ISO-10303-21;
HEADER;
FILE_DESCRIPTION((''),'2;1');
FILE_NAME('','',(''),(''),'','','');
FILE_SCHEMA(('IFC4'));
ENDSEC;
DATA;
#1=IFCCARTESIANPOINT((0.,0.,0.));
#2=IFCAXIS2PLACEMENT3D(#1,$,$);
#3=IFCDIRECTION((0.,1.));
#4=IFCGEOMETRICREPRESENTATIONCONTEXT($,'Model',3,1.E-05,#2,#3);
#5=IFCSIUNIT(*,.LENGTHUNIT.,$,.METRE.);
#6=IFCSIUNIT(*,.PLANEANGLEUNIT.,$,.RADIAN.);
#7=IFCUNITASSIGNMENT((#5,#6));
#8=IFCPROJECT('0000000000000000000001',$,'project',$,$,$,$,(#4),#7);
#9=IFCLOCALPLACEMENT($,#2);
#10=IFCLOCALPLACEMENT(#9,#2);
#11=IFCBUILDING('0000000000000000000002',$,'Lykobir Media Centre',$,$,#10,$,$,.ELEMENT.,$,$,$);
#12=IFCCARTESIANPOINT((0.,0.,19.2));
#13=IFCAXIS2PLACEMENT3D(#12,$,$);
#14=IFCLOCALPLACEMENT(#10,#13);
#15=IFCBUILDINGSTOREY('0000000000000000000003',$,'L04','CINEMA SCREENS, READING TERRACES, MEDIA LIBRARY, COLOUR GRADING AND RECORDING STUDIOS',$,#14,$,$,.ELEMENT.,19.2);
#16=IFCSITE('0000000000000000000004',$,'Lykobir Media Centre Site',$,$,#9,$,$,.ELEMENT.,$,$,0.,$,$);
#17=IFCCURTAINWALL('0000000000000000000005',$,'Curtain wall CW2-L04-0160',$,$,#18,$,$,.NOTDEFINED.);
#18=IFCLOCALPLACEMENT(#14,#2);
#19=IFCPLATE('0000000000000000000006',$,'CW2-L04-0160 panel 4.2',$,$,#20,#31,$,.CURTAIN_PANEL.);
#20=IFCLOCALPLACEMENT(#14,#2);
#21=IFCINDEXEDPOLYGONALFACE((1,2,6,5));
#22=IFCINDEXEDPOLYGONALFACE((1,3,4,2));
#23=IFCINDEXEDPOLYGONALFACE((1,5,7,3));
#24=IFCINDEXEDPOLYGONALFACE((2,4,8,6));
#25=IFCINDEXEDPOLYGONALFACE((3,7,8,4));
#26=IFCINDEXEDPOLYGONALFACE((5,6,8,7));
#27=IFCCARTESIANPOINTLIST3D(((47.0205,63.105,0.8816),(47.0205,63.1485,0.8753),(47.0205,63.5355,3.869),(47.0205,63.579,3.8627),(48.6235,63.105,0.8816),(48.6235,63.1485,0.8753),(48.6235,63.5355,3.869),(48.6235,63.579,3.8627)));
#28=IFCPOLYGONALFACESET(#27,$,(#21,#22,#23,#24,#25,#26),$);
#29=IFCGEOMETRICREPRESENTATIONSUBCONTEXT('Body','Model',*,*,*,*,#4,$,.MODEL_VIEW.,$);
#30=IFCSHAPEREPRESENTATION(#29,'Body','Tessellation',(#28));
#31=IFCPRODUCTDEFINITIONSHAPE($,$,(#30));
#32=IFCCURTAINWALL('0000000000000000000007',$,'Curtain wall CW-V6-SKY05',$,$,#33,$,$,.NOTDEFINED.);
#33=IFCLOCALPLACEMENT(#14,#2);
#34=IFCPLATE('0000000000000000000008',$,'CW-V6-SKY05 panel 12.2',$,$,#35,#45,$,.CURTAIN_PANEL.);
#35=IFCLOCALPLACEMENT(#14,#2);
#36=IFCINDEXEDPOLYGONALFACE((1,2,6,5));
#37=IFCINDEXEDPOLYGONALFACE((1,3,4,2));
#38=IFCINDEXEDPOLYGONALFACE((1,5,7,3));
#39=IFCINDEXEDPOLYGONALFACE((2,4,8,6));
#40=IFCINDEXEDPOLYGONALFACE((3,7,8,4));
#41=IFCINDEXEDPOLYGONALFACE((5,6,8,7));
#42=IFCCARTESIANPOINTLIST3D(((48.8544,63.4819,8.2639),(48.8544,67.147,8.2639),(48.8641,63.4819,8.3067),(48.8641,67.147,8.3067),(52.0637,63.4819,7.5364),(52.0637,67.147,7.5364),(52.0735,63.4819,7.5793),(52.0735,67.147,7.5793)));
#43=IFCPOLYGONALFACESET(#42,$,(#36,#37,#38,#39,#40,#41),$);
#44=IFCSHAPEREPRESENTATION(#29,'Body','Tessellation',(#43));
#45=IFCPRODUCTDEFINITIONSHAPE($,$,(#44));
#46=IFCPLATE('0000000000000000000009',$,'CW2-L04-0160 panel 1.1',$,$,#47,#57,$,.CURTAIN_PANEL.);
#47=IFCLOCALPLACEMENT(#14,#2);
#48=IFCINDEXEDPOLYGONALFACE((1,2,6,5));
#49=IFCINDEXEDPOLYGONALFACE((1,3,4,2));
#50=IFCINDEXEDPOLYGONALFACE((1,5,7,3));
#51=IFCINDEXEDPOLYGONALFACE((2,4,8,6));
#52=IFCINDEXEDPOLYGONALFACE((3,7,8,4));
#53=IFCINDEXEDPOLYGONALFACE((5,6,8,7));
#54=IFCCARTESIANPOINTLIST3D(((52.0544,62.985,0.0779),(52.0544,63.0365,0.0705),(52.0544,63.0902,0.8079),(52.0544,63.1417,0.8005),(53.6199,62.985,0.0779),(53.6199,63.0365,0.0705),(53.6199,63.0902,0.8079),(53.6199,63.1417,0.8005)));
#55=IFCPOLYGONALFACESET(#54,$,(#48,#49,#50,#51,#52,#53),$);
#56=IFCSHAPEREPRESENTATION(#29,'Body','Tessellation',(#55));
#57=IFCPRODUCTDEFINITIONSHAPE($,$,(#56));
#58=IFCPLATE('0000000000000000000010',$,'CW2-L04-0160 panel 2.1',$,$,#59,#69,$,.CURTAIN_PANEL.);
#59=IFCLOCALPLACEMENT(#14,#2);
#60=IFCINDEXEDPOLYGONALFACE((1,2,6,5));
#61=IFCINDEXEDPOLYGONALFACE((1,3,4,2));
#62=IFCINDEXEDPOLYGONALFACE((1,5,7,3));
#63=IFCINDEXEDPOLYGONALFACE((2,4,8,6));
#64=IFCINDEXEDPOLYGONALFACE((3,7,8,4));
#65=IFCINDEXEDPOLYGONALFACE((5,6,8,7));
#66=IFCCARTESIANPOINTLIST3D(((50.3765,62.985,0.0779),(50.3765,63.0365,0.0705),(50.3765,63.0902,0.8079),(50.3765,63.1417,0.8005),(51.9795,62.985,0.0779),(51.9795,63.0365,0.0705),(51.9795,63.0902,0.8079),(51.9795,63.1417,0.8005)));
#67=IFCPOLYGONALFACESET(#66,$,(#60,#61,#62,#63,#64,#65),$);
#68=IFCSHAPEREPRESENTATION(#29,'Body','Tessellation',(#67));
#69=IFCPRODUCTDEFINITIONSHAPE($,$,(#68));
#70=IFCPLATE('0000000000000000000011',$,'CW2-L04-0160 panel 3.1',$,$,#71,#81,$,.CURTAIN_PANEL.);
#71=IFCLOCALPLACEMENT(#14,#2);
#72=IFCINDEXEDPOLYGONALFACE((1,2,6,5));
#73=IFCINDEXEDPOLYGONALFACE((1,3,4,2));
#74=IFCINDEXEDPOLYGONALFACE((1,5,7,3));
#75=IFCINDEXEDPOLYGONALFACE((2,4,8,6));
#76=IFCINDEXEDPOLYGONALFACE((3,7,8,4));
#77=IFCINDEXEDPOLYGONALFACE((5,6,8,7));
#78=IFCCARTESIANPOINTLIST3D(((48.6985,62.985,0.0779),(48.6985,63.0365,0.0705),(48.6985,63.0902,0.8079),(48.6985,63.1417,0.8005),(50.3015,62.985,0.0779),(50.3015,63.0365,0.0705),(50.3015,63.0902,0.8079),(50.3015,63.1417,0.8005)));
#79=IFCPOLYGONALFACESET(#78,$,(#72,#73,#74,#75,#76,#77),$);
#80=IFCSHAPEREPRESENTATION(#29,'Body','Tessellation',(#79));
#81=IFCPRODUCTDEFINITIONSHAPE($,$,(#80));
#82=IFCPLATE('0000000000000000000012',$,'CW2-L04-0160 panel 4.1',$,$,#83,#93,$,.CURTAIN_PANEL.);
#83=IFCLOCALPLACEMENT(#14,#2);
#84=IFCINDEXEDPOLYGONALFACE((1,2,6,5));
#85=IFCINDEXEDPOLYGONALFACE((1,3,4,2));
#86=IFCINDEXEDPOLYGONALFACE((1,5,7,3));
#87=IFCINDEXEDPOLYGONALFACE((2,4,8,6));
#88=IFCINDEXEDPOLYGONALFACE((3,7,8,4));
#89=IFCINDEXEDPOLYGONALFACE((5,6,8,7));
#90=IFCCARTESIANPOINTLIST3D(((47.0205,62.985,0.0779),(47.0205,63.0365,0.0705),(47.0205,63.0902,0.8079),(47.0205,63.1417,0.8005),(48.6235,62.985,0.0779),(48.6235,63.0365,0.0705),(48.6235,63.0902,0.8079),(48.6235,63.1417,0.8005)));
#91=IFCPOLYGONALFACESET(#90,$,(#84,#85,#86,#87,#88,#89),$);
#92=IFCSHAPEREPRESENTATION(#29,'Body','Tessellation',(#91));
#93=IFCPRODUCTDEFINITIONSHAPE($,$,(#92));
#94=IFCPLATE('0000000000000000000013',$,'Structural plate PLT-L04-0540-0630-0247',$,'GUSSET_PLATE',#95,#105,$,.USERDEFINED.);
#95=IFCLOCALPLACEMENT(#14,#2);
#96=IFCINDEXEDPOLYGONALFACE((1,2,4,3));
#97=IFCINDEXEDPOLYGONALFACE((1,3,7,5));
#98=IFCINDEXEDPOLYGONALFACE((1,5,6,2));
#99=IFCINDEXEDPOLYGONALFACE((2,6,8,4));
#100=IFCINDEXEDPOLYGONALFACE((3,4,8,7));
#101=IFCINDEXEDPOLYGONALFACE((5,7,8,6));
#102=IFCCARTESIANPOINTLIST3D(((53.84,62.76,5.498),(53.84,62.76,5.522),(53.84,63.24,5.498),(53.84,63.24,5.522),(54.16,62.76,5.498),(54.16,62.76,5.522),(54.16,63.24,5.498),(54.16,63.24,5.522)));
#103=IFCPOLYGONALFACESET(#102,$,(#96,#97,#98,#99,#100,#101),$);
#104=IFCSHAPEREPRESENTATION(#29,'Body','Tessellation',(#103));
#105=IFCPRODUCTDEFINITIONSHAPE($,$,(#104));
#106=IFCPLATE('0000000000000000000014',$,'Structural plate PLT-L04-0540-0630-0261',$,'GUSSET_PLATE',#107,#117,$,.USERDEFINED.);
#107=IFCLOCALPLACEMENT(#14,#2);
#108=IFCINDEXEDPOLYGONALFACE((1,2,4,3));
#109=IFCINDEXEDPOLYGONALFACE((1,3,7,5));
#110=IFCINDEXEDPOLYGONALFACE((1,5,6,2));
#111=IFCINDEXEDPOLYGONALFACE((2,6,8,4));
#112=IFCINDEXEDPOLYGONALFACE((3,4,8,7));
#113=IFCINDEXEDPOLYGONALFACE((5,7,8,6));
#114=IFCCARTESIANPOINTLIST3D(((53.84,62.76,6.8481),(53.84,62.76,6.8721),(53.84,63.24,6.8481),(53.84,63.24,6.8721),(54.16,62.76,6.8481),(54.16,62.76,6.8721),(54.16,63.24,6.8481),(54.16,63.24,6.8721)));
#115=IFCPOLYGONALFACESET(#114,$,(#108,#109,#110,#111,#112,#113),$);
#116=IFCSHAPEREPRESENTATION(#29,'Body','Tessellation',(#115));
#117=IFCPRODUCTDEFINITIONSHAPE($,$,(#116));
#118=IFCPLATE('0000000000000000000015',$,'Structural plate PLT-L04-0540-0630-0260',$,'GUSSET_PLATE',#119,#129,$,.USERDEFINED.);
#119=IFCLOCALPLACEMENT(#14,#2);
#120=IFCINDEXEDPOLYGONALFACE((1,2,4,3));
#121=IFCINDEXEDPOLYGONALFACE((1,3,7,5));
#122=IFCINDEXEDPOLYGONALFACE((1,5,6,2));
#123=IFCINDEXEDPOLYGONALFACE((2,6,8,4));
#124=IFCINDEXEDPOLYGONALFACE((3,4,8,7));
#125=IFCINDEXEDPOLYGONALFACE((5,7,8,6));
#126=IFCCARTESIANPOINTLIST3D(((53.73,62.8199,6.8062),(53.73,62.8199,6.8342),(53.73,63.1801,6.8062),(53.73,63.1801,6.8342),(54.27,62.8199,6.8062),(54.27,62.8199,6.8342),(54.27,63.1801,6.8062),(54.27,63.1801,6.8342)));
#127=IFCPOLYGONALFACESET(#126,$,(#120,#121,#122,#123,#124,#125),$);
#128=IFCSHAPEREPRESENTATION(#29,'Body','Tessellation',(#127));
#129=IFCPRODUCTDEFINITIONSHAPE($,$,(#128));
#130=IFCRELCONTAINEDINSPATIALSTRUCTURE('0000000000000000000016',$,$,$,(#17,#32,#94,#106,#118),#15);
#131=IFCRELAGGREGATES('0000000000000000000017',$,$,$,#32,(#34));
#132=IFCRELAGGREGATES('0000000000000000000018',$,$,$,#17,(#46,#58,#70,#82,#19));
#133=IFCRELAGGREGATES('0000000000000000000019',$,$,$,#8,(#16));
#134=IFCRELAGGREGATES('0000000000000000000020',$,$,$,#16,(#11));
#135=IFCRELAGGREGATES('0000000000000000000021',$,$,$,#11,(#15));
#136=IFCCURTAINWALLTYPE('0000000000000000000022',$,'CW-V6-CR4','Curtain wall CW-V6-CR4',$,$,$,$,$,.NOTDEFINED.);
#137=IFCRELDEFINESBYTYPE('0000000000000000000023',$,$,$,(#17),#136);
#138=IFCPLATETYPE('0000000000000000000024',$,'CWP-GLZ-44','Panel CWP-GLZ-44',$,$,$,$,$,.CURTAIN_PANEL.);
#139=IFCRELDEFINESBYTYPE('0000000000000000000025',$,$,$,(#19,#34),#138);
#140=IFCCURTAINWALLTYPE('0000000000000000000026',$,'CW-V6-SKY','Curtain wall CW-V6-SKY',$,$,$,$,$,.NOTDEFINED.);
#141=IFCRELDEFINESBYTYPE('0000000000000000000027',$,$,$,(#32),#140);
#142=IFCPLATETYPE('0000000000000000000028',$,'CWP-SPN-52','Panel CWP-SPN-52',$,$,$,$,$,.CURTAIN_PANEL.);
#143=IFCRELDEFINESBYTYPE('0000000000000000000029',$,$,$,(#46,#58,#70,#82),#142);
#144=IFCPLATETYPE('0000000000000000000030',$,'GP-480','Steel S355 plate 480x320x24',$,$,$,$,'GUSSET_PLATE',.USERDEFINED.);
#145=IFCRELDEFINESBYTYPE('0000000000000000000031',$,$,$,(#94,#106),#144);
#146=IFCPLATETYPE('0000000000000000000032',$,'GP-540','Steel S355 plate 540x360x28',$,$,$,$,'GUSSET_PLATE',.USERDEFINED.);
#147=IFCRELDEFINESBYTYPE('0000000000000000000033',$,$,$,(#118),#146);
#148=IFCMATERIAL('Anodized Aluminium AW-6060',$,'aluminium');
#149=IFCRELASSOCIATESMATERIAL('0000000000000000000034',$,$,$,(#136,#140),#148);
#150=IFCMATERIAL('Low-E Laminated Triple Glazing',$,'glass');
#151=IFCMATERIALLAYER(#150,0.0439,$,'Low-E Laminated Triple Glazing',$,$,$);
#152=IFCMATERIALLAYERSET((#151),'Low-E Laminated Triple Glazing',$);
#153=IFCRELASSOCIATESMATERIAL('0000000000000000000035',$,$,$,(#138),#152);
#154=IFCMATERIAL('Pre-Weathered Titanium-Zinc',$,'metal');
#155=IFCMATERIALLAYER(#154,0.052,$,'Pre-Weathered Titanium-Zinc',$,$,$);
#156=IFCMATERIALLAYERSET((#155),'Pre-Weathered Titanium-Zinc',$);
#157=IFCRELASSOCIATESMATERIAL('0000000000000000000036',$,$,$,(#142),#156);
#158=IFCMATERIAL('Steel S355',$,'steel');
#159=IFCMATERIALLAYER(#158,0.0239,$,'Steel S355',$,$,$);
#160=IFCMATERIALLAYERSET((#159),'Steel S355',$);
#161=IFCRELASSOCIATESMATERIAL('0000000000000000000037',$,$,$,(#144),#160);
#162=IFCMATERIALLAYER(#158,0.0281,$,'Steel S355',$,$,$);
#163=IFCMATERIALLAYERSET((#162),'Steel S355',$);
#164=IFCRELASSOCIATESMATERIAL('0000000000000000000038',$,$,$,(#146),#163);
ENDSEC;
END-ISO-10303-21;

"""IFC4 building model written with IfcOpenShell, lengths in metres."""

from ifc_helpers import new_model, si_unit, direction, frame, origin, origin_2d, place, context, subcontext, project, spatial, rectangle, extrude, material, layer, layer_set, type_object, element, aggregate, save


model = new_model("IFC4")

# Units and contexts
model_context = context("Model", 3, precision=1e-05, world=origin(), true_north=direction((0.0, 1.0)))
body_context = subcontext(model_context, "Body", "Model", "MODEL_VIEW")
ifc_project = project(units=[si_unit("LENGTHUNIT", "METRE"), si_unit("PLANEANGLEUNIT", "RADIAN")], contexts=[model_context])

# Site, building, storey
site_placement = place(None, origin())
site = spatial("IfcSite", under=ifc_project, at=site_placement, Name="Lykobir Media Centre Site", CompositionType="ELEMENT", RefElevation=0.0)
building_placement = place(site_placement, origin())
building = spatial("IfcBuilding", under=site, at=building_placement, Name="Lykobir Media Centre", CompositionType="ELEMENT")
storey_placement = place(building_placement, frame((0.0, 0.0, 19.2)))
storey = spatial("IfcBuildingStorey", under=building, at=storey_placement, Name="L04", Description="CINEMA SCREENS, READING TERRACES, MEDIA LIBRARY, COLOUR GRADING AND RECORDING STUDIOS", CompositionType="ELEMENT", Elevation=19.2)

# Shared definitions
ifc_material_1 = material(Name="Steel S355", Category="steel")

# Curtain wall
ifc_material_2 = material(Name="Anodized Aluminium AW-6060", Category="aluminium")
curtain_wall_type_1 = type_object("IfcCurtainWallType", Name="CW-V6-CR4", Description="Curtain wall CW-V6-CR4", PredefinedType="NOTDEFINED", material=ifc_material_2)
curtain_wall_1_placement = place(storey_placement, origin())
curtain_wall_1 = element("IfcCurtainWall", 1, at=curtain_wall_1_placement, inside=storey, type_object=curtain_wall_type_1, Name="Curtain wall CW2-L04-0160", PredefinedType="NOTDEFINED")

# Plate
ifc_material_3 = material(Name="Low-E Laminated Triple Glazing", Category="glass")
ifc_layer_1 = layer(ifc_material_3, 0.0439, Name="Low-E Laminated Triple Glazing")
ifc_layer_set_1 = layer_set([ifc_layer_1], Name="Low-E Laminated Triple Glazing")
plate_type_1 = type_object("IfcPlateType", Name="CWP-GLZ-44", Description="Panel CWP-GLZ-44", PredefinedType="CURTAIN_PANEL", material=ifc_layer_set_1)
plate_1_placement = place(storey_placement, frame((47.822, 63.1267, 0.8784), z_axis=(0.0, 0.142629, 0.989776), x_axis=(-1.0, 0.0, 0.0)))
plate_1 = element("IfcPlate", 2, at=plate_1_placement, type_object=plate_type_1, Name="CW2-L04-0160 panel 4.2", PredefinedType="CURTAIN_PANEL", context=body_context, shape_type="SweptSolid", body=[
    extrude(rectangle(XDim=1.603, YDim=0.0439, at=origin_2d()), origin(), (0.0, 0.0, 1.0), 3.0183),
])

# Curtain wall, plate
curtain_wall_type_2 = type_object("IfcCurtainWallType", Name="CW-V6-SKY", Description="Curtain wall CW-V6-SKY", PredefinedType="NOTDEFINED", material=ifc_material_2)
curtain_wall_2_placement = place(storey_placement, origin())
curtain_wall_2 = element("IfcCurtainWall", 3, at=curtain_wall_2_placement, inside=storey, type_object=curtain_wall_type_2, Name="Curtain wall CW-V6-SKY05", PredefinedType="NOTDEFINED")
plate_2_placement = place(storey_placement, frame((52.0686, 65.3145, 7.5579), z_axis=(-0.975261, 0.0, 0.221055), x_axis=(0.0, -1.0, 0.0)))
plate_2 = element("IfcPlate", 4, at=plate_2_placement, type_object=plate_type_1, Name="CW-V6-SKY05 panel 12.2", PredefinedType="CURTAIN_PANEL", context=body_context, shape_type="SweptSolid", body=[
    extrude(rectangle(XDim=3.665, YDim=0.0439, at=origin_2d()), origin(), (0.0, 0.0, 1.0), 3.2908),
])
aggregate(curtain_wall_2, [plate_2])

# Plates
ifc_material_4 = material(Name="Pre-Weathered Titanium-Zinc", Category="metal")
ifc_layer_2 = layer(ifc_material_4, 0.052, Name="Pre-Weathered Titanium-Zinc")
ifc_layer_set_2 = layer_set([ifc_layer_2], Name="Pre-Weathered Titanium-Zinc")
plate_type_2 = type_object("IfcPlateType", Name="CWP-SPN-52", Description="Panel CWP-SPN-52", PredefinedType="CURTAIN_PANEL", material=ifc_layer_set_2)
plate_3_placement = place(storey_placement, frame((52.8372, 63.0107, 0.0742), z_axis=(0.0, 0.142629, 0.989776), x_axis=(-1.0, 0.0, 0.0)))
plate_3 = element("IfcPlate", 5, at=plate_3_placement, type_object=plate_type_2, Name="CW2-L04-0160 panel 1.1", PredefinedType="CURTAIN_PANEL", context=body_context, shape_type="SweptSolid", body=[
    extrude(rectangle(XDim=1.5654, YDim=0.052, at=origin_2d()), origin(), (0.0, 0.0, 1.0), 0.7375),
])
plate_4_placement = place(storey_placement, frame((51.178, 63.0107, 0.0742), z_axis=(0.0, 0.142629, 0.989776), x_axis=(-1.0, 0.0, 0.0)))
plate_4 = element("IfcPlate", 6, at=plate_4_placement, type_object=plate_type_2, Name="CW2-L04-0160 panel 2.1", PredefinedType="CURTAIN_PANEL", context=body_context, shape_type="SweptSolid", body=[
    extrude(rectangle(XDim=1.603, YDim=0.052, at=origin_2d()), origin(), (0.0, 0.0, 1.0), 0.7375),
])
plate_5_placement = place(storey_placement, frame((49.5, 63.0107, 0.0742), z_axis=(0.0, 0.142629, 0.989776), x_axis=(-1.0, 0.0, 0.0)))
plate_5 = element("IfcPlate", 7, at=plate_5_placement, type_object=plate_type_2, Name="CW2-L04-0160 panel 3.1", PredefinedType="CURTAIN_PANEL", context=body_context, shape_type="SweptSolid", body=[
    extrude(rectangle(XDim=1.603, YDim=0.052, at=origin_2d()), origin(), (0.0, 0.0, 1.0), 0.7375),
])
plate_6_placement = place(storey_placement, frame((47.822, 63.0107, 0.0742), z_axis=(0.0, 0.142629, 0.989776), x_axis=(-1.0, 0.0, 0.0)))
plate_6 = element("IfcPlate", 8, at=plate_6_placement, type_object=plate_type_2, Name="CW2-L04-0160 panel 4.1", PredefinedType="CURTAIN_PANEL", context=body_context, shape_type="SweptSolid", body=[
    extrude(rectangle(XDim=1.603, YDim=0.052, at=origin_2d()), origin(), (0.0, 0.0, 1.0), 0.7375),
])
aggregate(curtain_wall_1, [plate_3, plate_4, plate_5, plate_6, plate_1])

# Plates
ifc_layer_3 = layer(ifc_material_1, 0.0239, Name="Steel S355")
ifc_layer_set_3 = layer_set([ifc_layer_3], Name="Steel S355")
plate_type_3 = type_object("IfcPlateType", Name="GP-480", Description="Steel S355 plate 480x320x24", ElementType="GUSSET_PLATE", PredefinedType="USERDEFINED", material=ifc_layer_set_3)
for number, where, z_axis, x_axis, name in (
    (9, (54.0, 63.0, 5.498), (0.0, 0.0, 1.0), (0.0, 1.0, 0.0), "Structural plate PLT-L04-0540-0630-0247"),
    (10, (54.0, 63.0, 6.8481), (0.0, 0.0, 1.0), (0.0, 1.0, 0.0), "Structural plate PLT-L04-0540-0630-0261"),
):
    element("IfcPlate", number, at=place(storey_placement, frame(where, z_axis=z_axis, x_axis=x_axis)), inside=storey, type_object=plate_type_3, Name=name, ObjectType="GUSSET_PLATE", PredefinedType="USERDEFINED", context=body_context, shape_type="SweptSolid", body=[
        extrude(rectangle(XDim=0.48, YDim=0.3201, at=origin_2d()), origin(), (0.0, 0.0, 1.0), 0.0239),
    ])
ifc_layer_4 = layer(ifc_material_1, 0.0281, Name="Steel S355")
ifc_layer_set_4 = layer_set([ifc_layer_4], Name="Steel S355")
plate_type_4 = type_object("IfcPlateType", Name="GP-540", Description="Steel S355 plate 540x360x28", ElementType="GUSSET_PLATE", PredefinedType="USERDEFINED", material=ifc_layer_set_4)
plate_7_placement = place(storey_placement, frame((54.0, 63.0, 6.8062), z_axis=(0.0, 0.0, 1.0), x_axis=(1.0, 0.0, 0.0)))
element("IfcPlate", 11, at=plate_7_placement, inside=storey, type_object=plate_type_4, Name="Structural plate PLT-L04-0540-0630-0260", ObjectType="GUSSET_PLATE", PredefinedType="USERDEFINED", context=body_context, shape_type="SweptSolid", body=[
    extrude(rectangle(XDim=0.54, YDim=0.3601, at=origin_2d()), origin(), (0.0, 0.0, 1.0), 0.0281),
])

save(model, "model.ifc")
